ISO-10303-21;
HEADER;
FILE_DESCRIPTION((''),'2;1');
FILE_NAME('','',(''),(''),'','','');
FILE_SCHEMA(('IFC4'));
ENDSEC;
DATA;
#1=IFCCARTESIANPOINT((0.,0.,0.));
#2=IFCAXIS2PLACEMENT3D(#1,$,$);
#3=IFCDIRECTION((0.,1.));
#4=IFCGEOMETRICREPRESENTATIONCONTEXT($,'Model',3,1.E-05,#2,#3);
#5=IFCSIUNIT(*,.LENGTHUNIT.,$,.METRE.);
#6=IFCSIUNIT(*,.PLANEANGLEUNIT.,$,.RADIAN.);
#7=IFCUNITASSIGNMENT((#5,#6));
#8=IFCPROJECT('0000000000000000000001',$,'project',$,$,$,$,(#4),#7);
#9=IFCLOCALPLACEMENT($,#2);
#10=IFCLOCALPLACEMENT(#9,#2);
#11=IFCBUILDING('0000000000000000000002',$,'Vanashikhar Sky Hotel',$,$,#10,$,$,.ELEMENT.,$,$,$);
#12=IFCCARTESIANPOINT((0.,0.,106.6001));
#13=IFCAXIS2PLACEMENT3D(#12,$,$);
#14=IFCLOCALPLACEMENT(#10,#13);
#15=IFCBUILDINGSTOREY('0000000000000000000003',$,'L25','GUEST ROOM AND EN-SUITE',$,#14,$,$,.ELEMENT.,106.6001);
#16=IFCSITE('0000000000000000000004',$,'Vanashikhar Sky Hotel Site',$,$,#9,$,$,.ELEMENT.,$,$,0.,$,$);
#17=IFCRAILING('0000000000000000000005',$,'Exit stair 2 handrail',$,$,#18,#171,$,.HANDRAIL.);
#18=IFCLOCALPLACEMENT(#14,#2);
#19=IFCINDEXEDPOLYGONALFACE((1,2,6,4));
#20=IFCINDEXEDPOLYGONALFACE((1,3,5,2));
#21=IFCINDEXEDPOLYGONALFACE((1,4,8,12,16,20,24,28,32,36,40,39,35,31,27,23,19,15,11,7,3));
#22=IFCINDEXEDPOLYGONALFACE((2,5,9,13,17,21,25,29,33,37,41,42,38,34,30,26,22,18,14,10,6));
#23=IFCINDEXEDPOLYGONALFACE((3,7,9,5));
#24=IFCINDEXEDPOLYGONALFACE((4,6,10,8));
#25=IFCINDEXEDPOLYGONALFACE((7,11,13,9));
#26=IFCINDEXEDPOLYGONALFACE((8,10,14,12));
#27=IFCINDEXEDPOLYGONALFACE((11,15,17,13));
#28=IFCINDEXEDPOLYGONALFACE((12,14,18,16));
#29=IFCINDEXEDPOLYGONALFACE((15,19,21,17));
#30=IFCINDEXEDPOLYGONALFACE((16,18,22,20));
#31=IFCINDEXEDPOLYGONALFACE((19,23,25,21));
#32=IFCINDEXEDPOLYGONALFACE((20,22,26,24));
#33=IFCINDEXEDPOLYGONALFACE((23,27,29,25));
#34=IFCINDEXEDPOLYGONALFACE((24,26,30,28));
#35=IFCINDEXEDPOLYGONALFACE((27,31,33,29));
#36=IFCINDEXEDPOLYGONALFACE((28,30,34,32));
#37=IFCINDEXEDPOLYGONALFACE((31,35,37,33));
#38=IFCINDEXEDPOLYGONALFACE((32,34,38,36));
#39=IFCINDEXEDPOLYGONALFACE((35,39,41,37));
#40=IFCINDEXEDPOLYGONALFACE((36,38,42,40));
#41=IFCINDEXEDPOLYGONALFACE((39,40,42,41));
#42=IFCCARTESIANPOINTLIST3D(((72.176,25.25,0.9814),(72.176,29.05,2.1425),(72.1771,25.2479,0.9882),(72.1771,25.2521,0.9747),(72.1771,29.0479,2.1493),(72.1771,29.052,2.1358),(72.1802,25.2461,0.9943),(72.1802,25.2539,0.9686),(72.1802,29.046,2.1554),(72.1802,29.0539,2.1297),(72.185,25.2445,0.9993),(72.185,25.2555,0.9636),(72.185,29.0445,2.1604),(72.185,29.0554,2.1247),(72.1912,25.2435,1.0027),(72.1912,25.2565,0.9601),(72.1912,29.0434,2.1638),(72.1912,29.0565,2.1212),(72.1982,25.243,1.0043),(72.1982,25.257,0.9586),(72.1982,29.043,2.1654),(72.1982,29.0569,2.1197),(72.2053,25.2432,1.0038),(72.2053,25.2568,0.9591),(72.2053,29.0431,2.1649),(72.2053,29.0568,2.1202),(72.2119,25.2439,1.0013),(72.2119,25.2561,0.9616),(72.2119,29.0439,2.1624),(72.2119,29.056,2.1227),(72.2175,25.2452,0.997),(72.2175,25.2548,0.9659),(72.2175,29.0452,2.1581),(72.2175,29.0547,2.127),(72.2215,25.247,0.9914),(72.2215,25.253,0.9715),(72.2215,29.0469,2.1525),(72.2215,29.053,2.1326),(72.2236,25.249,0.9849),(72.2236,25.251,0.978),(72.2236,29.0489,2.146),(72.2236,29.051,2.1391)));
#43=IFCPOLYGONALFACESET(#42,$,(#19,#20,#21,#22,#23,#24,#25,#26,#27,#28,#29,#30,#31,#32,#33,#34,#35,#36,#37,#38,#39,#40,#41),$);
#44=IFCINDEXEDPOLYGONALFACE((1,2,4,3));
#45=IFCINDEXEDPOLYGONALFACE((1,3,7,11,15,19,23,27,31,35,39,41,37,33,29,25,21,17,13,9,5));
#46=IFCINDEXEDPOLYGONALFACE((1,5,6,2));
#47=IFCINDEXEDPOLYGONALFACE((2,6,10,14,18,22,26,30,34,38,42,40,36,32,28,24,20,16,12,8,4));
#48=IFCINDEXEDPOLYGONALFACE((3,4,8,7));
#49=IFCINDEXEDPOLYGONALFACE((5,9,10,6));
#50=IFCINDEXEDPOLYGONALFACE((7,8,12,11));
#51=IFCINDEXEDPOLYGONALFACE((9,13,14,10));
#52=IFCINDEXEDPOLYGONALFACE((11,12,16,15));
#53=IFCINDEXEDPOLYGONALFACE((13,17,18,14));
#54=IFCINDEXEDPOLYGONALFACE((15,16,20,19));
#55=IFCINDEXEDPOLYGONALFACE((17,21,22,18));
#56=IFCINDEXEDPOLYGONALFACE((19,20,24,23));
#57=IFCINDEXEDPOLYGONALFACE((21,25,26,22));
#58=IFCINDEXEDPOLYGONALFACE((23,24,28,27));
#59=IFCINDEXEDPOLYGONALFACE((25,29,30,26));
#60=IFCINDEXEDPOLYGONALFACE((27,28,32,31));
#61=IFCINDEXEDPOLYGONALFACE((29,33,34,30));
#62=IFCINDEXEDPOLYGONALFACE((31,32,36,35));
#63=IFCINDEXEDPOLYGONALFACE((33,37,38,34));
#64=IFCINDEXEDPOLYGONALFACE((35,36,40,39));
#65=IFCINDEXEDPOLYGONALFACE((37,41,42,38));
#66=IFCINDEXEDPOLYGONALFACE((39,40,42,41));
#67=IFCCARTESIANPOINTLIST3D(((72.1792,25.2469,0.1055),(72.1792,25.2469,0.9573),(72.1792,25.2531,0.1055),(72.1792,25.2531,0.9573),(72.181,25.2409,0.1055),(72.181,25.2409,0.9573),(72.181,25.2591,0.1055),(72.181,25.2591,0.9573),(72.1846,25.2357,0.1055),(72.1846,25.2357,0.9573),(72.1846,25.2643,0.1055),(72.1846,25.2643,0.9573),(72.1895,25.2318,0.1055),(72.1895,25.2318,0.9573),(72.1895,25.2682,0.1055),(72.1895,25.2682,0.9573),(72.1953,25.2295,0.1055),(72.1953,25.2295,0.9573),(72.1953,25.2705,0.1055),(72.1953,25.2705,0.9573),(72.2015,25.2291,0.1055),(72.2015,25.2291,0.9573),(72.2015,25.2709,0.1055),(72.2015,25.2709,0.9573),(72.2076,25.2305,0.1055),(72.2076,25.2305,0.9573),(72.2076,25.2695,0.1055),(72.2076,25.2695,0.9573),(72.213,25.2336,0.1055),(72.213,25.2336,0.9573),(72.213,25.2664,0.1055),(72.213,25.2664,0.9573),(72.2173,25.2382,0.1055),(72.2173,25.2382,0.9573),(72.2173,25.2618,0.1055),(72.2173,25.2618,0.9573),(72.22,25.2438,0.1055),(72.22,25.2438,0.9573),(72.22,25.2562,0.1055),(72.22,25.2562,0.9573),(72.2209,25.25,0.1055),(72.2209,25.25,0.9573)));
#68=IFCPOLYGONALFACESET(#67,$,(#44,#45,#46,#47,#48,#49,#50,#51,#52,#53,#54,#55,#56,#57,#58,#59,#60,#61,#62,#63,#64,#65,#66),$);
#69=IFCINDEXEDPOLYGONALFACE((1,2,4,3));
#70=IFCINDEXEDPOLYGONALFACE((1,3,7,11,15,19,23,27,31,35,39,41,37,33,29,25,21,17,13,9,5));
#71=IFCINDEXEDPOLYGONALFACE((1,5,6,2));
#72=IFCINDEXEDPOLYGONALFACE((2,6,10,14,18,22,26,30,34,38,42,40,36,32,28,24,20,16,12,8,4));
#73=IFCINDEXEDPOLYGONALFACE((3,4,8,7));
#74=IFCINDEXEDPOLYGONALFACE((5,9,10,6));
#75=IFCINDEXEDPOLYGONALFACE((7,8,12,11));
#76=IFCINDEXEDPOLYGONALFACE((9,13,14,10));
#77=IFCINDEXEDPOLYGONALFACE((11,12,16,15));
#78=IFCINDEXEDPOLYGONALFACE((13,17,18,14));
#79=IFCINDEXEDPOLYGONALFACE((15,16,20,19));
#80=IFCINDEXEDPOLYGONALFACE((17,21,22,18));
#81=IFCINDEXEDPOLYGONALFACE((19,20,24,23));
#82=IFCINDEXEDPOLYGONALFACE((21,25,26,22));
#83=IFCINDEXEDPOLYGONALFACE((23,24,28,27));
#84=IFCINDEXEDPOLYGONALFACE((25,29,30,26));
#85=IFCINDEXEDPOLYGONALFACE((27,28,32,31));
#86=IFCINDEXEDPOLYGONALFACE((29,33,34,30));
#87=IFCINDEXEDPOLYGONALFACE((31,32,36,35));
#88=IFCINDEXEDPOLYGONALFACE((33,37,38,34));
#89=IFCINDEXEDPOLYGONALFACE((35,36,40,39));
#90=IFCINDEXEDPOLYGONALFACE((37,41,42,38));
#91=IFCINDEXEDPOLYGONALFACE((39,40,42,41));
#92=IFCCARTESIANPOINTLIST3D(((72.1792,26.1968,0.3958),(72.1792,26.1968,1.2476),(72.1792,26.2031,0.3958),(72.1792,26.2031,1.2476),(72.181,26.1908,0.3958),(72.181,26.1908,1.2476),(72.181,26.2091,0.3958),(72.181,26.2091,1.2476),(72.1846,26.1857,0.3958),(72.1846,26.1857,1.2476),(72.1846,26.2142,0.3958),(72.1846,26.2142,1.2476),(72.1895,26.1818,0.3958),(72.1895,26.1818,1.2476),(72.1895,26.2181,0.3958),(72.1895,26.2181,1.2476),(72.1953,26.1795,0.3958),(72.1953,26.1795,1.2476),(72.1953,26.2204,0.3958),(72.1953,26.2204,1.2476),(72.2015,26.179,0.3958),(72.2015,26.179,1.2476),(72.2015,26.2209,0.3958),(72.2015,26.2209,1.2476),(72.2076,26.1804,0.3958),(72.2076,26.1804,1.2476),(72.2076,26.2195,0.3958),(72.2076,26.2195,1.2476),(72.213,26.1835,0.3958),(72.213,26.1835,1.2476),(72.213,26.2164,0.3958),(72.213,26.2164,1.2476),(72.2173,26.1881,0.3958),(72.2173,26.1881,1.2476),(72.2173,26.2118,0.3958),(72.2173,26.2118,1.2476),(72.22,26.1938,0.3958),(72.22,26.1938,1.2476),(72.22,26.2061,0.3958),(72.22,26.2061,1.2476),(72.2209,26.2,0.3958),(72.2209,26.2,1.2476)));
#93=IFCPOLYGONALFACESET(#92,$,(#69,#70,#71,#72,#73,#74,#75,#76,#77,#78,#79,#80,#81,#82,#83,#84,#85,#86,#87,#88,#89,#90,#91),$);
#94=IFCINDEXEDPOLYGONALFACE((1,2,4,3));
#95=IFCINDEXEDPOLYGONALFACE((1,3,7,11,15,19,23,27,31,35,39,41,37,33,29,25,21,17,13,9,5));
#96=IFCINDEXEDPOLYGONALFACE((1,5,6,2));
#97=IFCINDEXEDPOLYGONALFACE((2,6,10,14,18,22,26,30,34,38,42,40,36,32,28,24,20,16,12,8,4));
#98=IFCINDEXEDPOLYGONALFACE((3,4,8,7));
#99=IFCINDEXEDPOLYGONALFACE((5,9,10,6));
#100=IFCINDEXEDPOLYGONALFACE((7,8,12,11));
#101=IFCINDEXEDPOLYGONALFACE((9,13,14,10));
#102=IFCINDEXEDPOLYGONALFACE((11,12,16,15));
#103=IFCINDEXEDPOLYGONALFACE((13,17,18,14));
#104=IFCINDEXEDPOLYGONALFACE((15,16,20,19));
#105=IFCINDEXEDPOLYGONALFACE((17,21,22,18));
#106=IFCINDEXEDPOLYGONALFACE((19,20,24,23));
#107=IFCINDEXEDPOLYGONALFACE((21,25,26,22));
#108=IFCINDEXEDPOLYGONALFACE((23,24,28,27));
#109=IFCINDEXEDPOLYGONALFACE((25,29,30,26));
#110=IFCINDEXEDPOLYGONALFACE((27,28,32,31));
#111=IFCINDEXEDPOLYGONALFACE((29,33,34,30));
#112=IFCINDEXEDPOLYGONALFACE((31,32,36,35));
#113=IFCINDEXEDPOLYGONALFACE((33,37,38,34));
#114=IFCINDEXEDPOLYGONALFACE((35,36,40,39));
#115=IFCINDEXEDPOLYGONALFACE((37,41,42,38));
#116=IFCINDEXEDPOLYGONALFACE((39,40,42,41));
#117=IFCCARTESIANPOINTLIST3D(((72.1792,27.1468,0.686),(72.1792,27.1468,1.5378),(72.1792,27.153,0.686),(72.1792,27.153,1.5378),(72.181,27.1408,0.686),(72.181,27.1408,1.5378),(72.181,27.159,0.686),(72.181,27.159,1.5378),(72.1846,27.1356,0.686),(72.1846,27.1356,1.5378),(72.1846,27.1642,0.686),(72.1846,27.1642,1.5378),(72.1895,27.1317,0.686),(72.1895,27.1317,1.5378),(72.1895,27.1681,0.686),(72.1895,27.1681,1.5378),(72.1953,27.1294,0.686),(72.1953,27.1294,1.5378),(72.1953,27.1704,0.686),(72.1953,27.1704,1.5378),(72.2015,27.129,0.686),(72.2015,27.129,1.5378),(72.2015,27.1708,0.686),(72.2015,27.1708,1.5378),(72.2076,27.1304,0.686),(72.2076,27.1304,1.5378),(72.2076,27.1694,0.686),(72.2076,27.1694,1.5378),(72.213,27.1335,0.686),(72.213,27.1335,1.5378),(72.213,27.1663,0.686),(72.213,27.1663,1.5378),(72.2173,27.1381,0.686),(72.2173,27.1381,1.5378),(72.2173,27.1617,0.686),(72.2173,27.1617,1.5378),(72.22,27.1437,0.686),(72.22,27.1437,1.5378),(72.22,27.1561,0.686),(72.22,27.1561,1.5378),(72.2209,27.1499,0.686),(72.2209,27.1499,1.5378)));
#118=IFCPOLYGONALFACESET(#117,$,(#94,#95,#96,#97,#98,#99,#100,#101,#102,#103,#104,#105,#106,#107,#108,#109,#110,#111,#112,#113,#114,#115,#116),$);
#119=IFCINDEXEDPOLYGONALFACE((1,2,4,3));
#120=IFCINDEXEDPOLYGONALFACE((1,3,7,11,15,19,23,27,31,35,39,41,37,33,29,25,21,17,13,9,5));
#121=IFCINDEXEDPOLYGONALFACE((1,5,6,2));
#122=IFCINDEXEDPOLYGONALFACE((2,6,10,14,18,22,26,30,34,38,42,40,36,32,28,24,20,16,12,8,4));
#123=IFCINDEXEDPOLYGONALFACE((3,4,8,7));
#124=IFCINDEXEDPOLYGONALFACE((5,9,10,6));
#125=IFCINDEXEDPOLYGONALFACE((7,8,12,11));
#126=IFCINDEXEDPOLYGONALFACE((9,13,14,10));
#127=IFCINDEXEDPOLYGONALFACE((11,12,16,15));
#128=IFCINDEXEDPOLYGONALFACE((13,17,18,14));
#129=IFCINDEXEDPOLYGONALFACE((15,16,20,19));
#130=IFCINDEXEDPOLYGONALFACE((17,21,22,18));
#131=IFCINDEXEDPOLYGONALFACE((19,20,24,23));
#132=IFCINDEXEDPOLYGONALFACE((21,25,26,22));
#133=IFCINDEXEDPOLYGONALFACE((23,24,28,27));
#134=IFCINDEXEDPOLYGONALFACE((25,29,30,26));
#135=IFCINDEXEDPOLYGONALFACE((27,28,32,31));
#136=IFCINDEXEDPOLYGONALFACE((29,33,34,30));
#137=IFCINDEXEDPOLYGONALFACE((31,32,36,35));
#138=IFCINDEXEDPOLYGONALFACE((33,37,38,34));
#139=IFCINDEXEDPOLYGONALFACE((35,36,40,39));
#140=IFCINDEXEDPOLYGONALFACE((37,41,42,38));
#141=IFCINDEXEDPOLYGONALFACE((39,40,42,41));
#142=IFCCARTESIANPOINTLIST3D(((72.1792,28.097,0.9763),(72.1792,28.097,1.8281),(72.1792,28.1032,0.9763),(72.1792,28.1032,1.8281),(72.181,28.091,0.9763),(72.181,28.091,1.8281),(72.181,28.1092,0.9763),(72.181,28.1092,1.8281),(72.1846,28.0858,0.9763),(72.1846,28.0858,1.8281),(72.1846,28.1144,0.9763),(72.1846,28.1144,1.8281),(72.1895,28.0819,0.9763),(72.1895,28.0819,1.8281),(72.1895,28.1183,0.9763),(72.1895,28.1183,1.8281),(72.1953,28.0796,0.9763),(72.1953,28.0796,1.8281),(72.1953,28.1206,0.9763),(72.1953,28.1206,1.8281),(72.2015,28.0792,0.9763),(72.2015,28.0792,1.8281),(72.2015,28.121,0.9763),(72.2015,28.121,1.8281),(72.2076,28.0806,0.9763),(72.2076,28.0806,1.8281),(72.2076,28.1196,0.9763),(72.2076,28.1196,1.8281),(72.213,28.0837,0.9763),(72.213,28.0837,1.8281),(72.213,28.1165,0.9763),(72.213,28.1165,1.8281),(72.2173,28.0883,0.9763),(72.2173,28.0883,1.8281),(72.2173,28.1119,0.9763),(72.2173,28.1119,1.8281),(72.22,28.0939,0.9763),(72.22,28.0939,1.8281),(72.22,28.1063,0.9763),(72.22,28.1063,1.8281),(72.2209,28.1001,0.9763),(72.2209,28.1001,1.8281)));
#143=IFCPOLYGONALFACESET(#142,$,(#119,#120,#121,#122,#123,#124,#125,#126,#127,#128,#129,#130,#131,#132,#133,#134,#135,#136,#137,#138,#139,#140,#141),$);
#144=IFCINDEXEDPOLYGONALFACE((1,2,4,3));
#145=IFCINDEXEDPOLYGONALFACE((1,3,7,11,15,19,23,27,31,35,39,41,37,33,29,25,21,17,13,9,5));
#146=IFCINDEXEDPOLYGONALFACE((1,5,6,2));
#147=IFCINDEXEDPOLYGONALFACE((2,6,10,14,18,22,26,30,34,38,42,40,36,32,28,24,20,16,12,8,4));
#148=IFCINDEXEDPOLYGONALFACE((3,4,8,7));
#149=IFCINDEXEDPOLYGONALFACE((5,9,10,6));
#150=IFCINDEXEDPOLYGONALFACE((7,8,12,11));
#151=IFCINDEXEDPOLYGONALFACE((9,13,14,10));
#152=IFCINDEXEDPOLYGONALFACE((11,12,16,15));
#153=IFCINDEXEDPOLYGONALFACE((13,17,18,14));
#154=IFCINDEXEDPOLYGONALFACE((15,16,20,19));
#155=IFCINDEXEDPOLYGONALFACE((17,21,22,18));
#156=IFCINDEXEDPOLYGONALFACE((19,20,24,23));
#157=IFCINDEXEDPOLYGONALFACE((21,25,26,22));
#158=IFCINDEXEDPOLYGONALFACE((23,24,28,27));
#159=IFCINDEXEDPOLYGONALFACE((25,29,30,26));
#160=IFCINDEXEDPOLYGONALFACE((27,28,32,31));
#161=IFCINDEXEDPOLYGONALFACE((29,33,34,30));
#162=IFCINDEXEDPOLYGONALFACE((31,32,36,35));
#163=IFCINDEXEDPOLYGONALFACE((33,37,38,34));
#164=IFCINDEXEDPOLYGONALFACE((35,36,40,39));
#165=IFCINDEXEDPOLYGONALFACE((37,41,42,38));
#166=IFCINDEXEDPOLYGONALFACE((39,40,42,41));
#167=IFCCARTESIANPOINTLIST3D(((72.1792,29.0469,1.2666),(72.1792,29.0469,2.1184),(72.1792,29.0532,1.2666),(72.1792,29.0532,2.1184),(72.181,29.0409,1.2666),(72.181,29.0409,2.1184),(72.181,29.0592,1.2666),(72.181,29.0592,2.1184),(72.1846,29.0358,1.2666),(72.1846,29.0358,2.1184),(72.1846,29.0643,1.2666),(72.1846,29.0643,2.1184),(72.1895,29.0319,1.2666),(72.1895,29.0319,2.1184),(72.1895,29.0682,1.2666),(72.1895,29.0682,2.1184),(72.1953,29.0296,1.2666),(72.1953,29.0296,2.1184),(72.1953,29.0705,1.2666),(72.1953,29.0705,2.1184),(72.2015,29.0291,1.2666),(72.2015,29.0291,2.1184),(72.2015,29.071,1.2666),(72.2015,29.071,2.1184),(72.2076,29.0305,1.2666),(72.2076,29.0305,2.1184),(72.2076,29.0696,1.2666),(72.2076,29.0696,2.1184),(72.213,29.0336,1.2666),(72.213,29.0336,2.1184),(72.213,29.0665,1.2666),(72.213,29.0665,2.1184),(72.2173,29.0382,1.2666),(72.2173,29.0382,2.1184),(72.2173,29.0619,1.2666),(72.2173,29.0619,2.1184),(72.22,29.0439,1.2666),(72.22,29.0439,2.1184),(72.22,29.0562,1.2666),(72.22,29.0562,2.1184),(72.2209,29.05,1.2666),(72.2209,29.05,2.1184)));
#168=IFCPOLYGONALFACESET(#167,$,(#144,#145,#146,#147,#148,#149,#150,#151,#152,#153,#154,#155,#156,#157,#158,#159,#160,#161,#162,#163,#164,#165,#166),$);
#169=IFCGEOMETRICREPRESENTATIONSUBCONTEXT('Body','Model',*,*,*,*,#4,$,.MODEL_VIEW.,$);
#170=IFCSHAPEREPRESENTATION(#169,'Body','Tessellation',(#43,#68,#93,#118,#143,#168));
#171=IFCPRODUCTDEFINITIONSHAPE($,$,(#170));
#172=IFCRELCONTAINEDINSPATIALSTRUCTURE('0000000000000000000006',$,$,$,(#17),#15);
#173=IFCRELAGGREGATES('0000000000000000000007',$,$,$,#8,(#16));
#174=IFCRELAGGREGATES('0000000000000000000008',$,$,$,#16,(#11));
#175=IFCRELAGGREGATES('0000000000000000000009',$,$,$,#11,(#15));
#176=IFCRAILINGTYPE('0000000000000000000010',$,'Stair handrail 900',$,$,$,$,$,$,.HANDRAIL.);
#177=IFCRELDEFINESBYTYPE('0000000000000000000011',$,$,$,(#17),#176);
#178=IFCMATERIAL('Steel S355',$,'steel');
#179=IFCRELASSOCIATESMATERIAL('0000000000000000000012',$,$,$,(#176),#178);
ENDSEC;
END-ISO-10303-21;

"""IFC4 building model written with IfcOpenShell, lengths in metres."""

from ifc_helpers import new_model, si_unit, direction, frame, origin, origin_2d, place, context, subcontext, project, spatial, circle, extrude, source, transform, mapped, material, type_object, element, save


model = new_model("IFC4")

# Units and contexts
model_context = context("Model", 3, precision=1e-05, world=origin(), true_north=direction((0.0, 1.0)))
body_context = subcontext(model_context, "Body", "Model", "MODEL_VIEW")
ifc_project = project(units=[si_unit("LENGTHUNIT", "METRE"), si_unit("PLANEANGLEUNIT", "RADIAN")], contexts=[model_context])

# Site, building, storey
site_placement = place(None, origin())
site = spatial("IfcSite", under=ifc_project, at=site_placement, Name="Vanashikhar Sky Hotel Site", CompositionType="ELEMENT", RefElevation=0.0)
building_placement = place(site_placement, origin())
building = spatial("IfcBuilding", under=site, at=building_placement, Name="Vanashikhar Sky Hotel", CompositionType="ELEMENT")
storey_placement = place(building_placement, frame((0.0, 0.0, 106.6001)))
storey = spatial("IfcBuildingStorey", under=building, at=storey_placement, Name="L25", Description="GUEST ROOM AND EN-SUITE", CompositionType="ELEMENT", Elevation=106.6001)

# Railing
ifc_material_1 = material(Name="Steel S355", Category="steel")
railing_type_1 = type_object("IfcRailingType", Name="Stair handrail 900", PredefinedType="HANDRAIL", material=ifc_material_1)
shared_shape_1 = source(origin(), body_context, "Body", "SweptSolid", [
    extrude(circle(Radius=0.0239, at=origin_2d()), frame((0.0, 0.0, 0.876), z_axis=(0.0, 0.956351, 0.29222), x_axis=(-1.0, 0.0, 0.0)), (0.0, 0.0, 1.0), 3.9734),
    extrude(circle(Radius=0.021, at=origin_2d()), origin(), (0.0, 0.0, 1.0), 0.8518),
    extrude(circle(Radius=0.021, at=origin_2d()), frame((0.0, 0.95, 0.2903)), (0.0, 0.0, 1.0), 0.8518),
    extrude(circle(Radius=0.021, at=origin_2d()), frame((0.0, 1.8999, 0.5806)), (0.0, 0.0, 1.0), 0.8518),
    extrude(circle(Radius=0.021, at=origin_2d()), frame((0.0, 2.8501, 0.8708)), (0.0, 0.0, 1.0), 0.8518),
    extrude(circle(Radius=0.021, at=origin_2d()), frame((0.0, 3.8, 1.1611)), (0.0, 0.0, 1.0), 0.8518),
])
for number, where, name in (
    (1, (72.2, 25.25, 0.1055), "Exit stair 2 handrail"),
):
    element("IfcRailing", number, at=place(storey_placement, frame(where)), inside=storey, type_object=railing_type_1, Name=name, PredefinedType="HANDRAIL", context=body_context, shape_type="MappedRepresentation", body=[
        mapped(shared_shape_1, transform((0.0, 0.0, 0.0), scale=1.0)),
    ])

save(model, "model.ifc")
